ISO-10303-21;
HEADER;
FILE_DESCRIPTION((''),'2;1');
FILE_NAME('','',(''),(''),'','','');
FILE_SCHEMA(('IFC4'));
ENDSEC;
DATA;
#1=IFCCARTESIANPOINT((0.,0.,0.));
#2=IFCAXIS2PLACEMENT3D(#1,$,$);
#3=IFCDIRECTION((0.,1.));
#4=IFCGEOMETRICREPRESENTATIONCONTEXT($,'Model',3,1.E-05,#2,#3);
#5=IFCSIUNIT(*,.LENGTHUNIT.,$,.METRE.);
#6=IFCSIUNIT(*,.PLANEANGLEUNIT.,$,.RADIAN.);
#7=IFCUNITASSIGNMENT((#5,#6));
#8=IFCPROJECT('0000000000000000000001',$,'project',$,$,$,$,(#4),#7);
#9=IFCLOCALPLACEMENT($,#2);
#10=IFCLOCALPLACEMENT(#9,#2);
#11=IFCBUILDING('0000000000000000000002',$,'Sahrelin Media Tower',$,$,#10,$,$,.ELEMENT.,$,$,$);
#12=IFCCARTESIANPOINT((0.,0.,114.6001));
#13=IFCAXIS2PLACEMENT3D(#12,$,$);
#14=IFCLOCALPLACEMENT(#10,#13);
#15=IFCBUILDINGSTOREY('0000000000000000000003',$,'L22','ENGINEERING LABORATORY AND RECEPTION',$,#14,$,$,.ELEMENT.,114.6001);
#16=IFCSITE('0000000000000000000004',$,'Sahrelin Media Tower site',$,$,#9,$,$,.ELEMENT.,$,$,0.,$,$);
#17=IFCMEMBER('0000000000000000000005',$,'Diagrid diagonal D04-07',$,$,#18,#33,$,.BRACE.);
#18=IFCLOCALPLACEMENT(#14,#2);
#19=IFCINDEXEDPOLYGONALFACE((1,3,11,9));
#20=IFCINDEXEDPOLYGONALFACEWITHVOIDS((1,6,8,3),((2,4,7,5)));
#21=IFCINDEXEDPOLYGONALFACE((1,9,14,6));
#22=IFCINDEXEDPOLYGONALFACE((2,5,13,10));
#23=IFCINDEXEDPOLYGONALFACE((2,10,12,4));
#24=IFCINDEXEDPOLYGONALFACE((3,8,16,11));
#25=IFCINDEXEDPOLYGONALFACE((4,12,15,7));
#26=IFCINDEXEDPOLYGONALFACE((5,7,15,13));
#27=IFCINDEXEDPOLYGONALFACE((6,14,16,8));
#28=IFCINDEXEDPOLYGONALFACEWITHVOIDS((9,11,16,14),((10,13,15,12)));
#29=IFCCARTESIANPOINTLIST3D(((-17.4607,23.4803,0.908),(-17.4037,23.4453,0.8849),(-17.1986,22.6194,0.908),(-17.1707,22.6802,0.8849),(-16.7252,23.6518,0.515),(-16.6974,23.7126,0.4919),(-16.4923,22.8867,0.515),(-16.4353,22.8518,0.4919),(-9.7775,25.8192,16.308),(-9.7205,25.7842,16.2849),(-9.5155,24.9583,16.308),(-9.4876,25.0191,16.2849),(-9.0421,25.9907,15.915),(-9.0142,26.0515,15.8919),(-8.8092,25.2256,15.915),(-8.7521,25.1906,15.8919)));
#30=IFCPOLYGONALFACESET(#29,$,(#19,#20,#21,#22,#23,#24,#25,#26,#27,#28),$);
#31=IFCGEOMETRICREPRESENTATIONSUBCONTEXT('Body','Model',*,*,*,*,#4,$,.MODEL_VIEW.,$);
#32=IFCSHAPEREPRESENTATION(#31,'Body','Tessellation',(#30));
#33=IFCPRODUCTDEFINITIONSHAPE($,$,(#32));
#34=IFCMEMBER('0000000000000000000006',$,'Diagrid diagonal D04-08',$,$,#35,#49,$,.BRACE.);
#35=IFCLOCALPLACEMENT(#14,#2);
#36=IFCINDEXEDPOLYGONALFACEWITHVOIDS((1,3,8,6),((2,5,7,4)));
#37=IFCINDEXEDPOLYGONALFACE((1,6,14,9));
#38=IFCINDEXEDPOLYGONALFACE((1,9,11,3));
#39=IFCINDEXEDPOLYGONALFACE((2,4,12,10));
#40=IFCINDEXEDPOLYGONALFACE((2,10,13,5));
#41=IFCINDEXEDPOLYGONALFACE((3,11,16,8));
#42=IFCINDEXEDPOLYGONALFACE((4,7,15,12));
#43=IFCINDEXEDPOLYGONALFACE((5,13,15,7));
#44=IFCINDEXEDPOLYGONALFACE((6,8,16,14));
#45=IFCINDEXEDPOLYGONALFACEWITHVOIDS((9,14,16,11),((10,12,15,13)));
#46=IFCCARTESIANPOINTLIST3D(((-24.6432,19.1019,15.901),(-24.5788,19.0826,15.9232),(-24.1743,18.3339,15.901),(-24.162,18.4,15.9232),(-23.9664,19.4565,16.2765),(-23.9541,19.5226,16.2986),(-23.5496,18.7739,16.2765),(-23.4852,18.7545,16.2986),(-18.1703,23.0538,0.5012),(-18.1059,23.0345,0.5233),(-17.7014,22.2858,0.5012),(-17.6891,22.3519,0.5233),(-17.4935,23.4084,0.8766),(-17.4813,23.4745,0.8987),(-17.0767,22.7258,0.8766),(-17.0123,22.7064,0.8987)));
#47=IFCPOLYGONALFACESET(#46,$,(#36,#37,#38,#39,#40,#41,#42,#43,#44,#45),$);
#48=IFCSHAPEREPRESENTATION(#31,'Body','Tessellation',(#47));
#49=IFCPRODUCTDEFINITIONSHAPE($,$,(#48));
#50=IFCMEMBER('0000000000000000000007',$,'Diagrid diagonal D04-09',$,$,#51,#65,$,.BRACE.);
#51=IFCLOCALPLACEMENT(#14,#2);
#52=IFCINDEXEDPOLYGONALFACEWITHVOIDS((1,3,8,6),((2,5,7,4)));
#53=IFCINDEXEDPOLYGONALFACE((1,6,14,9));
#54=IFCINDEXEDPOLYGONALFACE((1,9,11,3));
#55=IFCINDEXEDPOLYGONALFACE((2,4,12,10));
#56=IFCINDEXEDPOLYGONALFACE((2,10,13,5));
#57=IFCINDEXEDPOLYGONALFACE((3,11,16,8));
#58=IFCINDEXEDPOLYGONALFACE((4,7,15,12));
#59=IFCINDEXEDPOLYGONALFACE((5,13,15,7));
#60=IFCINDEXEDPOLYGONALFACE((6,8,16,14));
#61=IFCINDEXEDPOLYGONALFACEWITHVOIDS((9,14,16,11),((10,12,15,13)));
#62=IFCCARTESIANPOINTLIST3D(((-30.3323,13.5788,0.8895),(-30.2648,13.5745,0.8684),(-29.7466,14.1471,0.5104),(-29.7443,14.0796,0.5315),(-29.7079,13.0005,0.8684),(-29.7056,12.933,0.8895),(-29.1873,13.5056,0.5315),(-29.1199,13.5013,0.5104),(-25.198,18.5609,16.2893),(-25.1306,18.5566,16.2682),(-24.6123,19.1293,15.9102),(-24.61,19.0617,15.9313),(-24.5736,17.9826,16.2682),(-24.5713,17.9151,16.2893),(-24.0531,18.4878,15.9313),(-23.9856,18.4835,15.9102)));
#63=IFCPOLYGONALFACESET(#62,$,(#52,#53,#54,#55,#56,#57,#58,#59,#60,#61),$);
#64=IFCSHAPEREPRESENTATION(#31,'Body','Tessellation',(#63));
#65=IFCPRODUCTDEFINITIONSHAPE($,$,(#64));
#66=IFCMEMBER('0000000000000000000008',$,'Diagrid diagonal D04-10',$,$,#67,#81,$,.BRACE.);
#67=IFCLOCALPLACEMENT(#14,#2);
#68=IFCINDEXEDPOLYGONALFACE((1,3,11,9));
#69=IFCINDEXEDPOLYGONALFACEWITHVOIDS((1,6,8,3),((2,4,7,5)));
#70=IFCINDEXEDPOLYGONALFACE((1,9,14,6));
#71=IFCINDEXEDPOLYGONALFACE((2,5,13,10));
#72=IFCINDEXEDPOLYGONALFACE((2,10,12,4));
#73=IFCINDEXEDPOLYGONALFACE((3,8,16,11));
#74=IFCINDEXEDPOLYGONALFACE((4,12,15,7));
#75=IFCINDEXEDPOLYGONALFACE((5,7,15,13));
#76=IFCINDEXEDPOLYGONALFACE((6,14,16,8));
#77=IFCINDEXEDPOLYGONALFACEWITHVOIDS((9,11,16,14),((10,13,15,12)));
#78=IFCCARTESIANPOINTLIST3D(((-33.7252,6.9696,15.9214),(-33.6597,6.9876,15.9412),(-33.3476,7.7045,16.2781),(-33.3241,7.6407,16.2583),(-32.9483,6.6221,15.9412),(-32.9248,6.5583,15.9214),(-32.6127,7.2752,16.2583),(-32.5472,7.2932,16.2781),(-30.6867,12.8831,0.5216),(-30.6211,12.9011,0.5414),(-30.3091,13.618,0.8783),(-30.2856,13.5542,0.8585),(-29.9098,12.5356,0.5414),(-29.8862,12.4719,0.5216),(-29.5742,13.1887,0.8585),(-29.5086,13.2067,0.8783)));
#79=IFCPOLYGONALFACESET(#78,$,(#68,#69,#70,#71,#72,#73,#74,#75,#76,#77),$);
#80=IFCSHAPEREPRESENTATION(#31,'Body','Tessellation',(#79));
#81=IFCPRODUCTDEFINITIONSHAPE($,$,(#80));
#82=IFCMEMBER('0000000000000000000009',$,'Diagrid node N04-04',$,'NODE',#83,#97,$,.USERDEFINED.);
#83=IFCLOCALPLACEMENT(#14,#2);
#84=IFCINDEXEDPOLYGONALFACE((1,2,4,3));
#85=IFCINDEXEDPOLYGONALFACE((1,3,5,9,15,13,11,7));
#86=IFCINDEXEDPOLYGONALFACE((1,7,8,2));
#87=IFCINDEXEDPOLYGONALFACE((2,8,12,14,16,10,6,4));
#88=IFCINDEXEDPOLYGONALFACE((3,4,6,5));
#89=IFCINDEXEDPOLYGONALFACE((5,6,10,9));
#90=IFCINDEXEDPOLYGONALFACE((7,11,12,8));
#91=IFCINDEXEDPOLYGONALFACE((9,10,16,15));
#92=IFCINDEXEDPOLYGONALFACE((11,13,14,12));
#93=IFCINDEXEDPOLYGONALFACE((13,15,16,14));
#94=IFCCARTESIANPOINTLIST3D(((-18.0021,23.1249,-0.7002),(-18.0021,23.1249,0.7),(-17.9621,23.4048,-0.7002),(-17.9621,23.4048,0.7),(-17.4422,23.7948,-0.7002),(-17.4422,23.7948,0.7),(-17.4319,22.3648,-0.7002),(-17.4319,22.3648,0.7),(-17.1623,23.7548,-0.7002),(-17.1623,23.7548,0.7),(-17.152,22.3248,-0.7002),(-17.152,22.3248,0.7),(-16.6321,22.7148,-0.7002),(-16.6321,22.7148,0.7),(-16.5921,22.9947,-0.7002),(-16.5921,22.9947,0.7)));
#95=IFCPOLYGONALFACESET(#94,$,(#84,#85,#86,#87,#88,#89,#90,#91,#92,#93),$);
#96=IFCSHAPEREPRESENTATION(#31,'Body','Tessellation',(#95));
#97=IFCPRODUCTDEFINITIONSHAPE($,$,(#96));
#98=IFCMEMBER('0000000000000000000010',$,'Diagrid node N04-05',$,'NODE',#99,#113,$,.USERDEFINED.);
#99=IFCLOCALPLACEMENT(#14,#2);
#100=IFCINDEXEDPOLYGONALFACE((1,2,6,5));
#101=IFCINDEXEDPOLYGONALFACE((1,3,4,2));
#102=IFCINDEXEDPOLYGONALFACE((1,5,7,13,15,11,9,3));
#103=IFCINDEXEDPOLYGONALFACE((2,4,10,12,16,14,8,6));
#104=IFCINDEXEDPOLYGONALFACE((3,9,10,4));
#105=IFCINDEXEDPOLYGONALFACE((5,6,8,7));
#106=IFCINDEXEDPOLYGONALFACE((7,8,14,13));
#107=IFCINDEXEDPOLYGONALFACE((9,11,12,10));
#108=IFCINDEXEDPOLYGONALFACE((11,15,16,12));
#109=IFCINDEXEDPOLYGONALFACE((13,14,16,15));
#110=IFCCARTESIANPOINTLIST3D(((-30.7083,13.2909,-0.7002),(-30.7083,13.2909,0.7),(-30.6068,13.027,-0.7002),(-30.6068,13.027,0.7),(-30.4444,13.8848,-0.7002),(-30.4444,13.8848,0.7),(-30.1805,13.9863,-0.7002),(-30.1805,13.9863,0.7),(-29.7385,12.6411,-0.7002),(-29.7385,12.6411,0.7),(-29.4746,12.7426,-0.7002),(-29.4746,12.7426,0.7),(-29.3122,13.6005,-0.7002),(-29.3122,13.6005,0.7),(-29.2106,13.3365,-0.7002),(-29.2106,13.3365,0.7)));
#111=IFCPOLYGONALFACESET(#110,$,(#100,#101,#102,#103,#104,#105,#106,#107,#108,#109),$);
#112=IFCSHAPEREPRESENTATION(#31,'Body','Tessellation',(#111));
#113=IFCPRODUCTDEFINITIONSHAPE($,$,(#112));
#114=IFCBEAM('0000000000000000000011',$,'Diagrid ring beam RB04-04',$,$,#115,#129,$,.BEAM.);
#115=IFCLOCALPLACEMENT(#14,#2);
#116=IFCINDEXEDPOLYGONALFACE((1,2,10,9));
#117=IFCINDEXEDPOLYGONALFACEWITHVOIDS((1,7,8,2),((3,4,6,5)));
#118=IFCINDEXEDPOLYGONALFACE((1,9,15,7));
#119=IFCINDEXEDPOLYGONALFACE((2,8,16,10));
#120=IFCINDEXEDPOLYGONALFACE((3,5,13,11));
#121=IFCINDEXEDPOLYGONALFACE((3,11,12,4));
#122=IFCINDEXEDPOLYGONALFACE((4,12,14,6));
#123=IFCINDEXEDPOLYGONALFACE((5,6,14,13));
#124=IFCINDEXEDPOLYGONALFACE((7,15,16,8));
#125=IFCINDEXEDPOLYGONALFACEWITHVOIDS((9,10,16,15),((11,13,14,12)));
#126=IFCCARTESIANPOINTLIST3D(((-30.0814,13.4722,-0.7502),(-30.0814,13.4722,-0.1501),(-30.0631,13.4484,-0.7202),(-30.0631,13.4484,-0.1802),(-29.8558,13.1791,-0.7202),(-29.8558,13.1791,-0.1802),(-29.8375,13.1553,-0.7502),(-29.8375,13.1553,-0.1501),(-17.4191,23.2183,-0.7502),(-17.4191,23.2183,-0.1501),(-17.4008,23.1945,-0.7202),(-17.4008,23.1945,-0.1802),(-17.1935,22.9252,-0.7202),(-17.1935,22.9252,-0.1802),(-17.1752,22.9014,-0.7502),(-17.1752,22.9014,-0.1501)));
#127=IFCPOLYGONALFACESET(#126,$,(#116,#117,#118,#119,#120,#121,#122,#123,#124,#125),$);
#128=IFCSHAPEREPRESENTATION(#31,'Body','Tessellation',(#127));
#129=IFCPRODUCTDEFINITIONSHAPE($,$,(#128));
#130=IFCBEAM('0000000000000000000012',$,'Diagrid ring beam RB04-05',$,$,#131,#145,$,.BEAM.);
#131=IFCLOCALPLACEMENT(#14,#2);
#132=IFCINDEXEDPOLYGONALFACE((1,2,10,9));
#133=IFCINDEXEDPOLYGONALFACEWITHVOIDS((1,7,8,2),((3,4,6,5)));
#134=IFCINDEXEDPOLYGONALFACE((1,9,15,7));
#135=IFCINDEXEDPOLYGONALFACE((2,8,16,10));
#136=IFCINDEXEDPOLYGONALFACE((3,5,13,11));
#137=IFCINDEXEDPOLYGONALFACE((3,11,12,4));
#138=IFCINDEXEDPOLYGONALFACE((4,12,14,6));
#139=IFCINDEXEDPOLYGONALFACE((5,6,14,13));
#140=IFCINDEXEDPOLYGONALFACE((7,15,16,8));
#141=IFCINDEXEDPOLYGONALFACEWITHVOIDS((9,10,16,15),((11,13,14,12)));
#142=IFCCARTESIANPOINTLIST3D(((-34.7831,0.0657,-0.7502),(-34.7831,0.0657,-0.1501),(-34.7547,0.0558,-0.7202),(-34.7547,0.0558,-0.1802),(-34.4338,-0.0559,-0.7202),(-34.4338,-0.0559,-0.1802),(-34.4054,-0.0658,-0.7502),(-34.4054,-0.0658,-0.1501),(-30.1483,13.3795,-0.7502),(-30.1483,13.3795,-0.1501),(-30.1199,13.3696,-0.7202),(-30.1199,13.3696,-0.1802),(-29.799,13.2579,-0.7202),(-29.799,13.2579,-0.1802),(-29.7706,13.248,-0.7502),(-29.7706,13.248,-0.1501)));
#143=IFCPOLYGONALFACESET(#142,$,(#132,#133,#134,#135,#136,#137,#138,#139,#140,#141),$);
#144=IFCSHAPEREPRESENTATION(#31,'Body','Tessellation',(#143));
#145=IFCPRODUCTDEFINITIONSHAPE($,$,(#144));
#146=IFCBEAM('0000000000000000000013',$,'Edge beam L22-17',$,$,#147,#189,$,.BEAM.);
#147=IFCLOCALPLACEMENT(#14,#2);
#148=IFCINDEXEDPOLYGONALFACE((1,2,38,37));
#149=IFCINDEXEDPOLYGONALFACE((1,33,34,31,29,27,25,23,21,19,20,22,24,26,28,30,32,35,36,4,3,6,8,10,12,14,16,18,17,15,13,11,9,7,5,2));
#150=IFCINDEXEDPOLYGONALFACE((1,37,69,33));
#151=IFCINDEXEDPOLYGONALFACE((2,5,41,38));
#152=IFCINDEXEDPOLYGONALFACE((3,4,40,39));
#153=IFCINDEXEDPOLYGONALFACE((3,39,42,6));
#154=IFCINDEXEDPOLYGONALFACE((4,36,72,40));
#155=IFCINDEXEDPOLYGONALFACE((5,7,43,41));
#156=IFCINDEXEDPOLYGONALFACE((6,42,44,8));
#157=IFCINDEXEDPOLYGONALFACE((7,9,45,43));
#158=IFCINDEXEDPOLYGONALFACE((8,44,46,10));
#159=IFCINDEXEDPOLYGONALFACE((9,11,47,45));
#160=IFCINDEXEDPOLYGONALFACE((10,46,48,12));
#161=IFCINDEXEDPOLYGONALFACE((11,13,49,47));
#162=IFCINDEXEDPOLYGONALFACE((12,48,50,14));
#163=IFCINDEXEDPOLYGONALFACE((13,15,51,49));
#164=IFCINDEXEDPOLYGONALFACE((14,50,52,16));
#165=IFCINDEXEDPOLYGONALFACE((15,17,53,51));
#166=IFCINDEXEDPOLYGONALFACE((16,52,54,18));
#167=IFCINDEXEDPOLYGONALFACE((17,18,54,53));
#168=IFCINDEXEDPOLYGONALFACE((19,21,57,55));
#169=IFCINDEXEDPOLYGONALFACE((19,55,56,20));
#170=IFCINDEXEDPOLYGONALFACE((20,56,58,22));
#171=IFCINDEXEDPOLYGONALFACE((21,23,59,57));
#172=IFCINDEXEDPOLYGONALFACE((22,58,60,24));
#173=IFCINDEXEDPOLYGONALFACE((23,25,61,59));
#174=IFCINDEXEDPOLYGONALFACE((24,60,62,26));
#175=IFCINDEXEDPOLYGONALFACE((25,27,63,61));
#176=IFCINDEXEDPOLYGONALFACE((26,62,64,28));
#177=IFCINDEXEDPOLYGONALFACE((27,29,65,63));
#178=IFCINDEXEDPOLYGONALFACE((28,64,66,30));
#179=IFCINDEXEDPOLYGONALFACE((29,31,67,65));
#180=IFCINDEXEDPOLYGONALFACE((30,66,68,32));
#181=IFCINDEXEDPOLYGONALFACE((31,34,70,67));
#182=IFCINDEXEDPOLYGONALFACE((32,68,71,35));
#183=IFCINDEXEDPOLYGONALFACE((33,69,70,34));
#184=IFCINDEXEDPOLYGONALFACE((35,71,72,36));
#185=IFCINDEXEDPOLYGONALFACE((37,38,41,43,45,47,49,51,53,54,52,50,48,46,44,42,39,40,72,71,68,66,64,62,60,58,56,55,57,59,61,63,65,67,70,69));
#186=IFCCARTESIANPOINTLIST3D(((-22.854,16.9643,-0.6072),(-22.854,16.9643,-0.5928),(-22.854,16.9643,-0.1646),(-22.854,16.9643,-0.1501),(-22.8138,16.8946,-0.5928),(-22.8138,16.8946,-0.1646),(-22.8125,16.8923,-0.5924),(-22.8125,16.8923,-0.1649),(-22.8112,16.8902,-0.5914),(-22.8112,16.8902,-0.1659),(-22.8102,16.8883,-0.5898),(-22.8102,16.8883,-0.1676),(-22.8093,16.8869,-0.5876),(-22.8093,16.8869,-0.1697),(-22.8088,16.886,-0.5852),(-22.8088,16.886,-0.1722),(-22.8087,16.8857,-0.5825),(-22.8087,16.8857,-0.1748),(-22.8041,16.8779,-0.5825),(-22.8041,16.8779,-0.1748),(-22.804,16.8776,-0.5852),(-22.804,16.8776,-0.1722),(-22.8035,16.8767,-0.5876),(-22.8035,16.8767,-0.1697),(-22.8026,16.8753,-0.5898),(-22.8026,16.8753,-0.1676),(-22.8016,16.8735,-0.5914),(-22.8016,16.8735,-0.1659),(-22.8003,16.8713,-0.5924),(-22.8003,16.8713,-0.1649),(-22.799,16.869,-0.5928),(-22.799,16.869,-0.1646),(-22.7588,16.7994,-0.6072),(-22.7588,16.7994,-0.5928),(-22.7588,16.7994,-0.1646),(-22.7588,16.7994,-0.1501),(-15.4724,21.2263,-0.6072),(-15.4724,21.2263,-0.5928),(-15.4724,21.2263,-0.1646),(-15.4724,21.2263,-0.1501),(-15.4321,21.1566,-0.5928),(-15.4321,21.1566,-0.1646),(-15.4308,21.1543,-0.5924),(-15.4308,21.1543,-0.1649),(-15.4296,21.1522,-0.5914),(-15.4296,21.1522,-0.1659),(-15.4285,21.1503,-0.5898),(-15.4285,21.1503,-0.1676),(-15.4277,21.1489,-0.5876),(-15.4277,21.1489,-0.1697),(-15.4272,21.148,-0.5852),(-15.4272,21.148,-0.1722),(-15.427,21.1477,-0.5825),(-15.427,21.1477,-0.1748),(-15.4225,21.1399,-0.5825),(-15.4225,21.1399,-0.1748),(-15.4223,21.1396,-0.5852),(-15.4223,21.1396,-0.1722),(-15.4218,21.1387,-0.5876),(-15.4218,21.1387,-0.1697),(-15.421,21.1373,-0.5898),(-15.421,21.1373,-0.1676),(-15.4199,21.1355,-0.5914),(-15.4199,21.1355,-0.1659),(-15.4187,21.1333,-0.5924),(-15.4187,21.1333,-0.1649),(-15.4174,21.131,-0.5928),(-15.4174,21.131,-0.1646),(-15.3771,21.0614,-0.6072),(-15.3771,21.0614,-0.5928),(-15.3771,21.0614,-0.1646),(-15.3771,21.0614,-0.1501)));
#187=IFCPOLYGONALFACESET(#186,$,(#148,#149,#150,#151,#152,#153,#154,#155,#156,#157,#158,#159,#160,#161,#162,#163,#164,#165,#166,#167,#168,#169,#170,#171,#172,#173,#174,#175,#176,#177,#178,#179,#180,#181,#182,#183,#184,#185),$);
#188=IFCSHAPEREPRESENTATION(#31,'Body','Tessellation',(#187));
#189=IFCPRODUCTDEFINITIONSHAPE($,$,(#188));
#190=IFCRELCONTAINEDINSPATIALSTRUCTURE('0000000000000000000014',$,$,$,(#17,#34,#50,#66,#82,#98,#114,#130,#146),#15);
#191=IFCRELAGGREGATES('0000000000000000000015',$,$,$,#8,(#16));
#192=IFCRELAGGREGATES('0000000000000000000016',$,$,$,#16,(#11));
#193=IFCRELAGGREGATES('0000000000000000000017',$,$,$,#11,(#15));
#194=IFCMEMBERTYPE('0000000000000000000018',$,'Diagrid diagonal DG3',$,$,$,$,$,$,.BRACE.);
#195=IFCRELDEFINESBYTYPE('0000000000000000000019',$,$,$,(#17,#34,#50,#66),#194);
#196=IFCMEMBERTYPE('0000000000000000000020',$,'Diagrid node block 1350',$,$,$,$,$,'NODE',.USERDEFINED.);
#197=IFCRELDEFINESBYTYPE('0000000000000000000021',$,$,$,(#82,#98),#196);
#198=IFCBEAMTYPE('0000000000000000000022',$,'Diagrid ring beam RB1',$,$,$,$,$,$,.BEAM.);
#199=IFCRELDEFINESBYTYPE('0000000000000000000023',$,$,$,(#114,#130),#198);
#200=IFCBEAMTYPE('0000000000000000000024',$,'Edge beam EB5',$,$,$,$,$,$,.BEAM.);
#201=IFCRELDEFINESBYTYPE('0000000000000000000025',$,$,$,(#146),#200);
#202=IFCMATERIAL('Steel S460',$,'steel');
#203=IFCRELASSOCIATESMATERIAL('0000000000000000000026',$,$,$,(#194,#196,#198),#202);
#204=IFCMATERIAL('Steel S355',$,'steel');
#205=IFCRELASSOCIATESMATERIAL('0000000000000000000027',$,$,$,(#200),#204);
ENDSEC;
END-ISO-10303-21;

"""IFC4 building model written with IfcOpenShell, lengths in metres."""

from ifc_helpers import new_model, si_unit, direction, frame, origin, origin_2d, place, context, subcontext, project, spatial, polyline, hollow_rectangle, i_section, outline, extrude, material, material_profile, profile_set, type_object, element, save


model = new_model("IFC4")

# Units and contexts
model_context = context("Model", 3, precision=1e-05, world=origin(), true_north=direction((0.0, 1.0)))
body_context = subcontext(model_context, "Body", "Model", "MODEL_VIEW")
ifc_project = project(units=[si_unit("LENGTHUNIT", "METRE"), si_unit("PLANEANGLEUNIT", "RADIAN")], contexts=[model_context])

# Site, building, storey
site_placement = place(None, origin())
site = spatial("IfcSite", under=ifc_project, at=site_placement, Name="Sahrelin Media Tower site", CompositionType="ELEMENT", RefElevation=0.0)
building_placement = place(site_placement, origin())
building = spatial("IfcBuilding", under=site, at=building_placement, Name="Sahrelin Media Tower", CompositionType="ELEMENT")
storey_placement = place(building_placement, frame((0.0, 0.0, 114.6001)))
storey = spatial("IfcBuildingStorey", under=building, at=storey_placement, Name="L22", Description="ENGINEERING LABORATORY AND RECEPTION", CompositionType="ELEMENT", Elevation=114.6001)

# Members
ifc_material_1 = material(Name="Steel S460", Category="steel")
ifc_material_profile_1 = material_profile(ifc_material_1, hollow_rectangle(XDim=0.8999, YDim=0.8999, WallThickness=0.05, at=origin_2d()), Name="Diagrid diagonal DG3")
ifc_profile_set_1 = profile_set([ifc_material_profile_1], Name="Steel S460")
member_type_1 = type_object("IfcMemberType", Name="Diagrid diagonal DG3", PredefinedType="BRACE", material=ifc_profile_set_1)
member_1_placement = place(storey_placement, frame((-16.948, 23.166, 0.7), z_axis=(0.442364, 0.134663, 0.886668), x_axis=(-0.291222, 0.956655, 0.0)))
element("IfcMember", 1, at=member_1_placement, inside=storey, type_object=member_type_1, Name="Diagrid diagonal D04-07", PredefinedType="BRACE", context=body_context, shape_type="SweptSolid", body=[
    extrude(hollow_rectangle(XDim=0.8999, YDim=0.8999, WallThickness=0.05, at=origin_2d()), origin(), (0.0, 0.0, 1.0), 17.3684),
])
member_2_placement = place(storey_placement, frame((-17.5913, 22.8801, 0.7), z_axis=(-0.377076, -0.230216, 0.897114), x_axis=(0.521089, -0.853502, 0.0)))
element("IfcMember", 2, at=member_2_placement, inside=storey, type_object=member_type_1, Name="Diagrid diagonal D04-08", PredefinedType="BRACE", context=body_context, shape_type="SweptSolid", body=[
    extrude(hollow_rectangle(XDim=0.8999, YDim=0.8999, WallThickness=0.05, at=origin_2d()), origin(), (0.0, 0.0, 1.0), 17.166),
])
member_3_placement = place(storey_placement, frame((-29.7261, 13.54, 0.7), z_axis=(0.302362, 0.293405, 0.906913), x_axis=(-0.696397, 0.717657, 0.0)))
element("IfcMember", 3, at=member_3_placement, inside=storey, type_object=member_type_1, Name="Diagrid diagonal D04-09", PredefinedType="BRACE", context=body_context, shape_type="SweptSolid", body=[
    extrude(hollow_rectangle(XDim=0.8999, YDim=0.8999, WallThickness=0.05, at=origin_2d()), origin(), (0.0, 0.0, 1.0), 16.9805),
])
member_4_placement = place(storey_placement, frame((-30.0977, 13.0449, 0.7), z_axis=(-0.18115, -0.352548, 0.918093), x_axis=(0.889452, -0.457028, 0.0)))
element("IfcMember", 4, at=member_4_placement, inside=storey, type_object=member_type_1, Name="Diagrid diagonal D04-10", PredefinedType="BRACE", context=body_context, shape_type="SweptSolid", body=[
    extrude(hollow_rectangle(XDim=0.8999, YDim=0.8999, WallThickness=0.05, at=origin_2d()), origin(), (0.0, 0.0, 1.0), 16.7737),
])
ifc_material_profile_2 = material_profile(ifc_material_1, outline(polyline([(0.4751, -0.5249), (0.675, -0.325), (0.675, 0.325), (0.4751, 0.5249), (-0.4751, 0.5249), (-0.675, 0.325), (-0.675, -0.325), (-0.4751, -0.5249), (0.4751, -0.5249)])), Name="Diagrid node block 1350")
ifc_profile_set_2 = profile_set([ifc_material_profile_2], Name="Steel S460")
member_type_2 = type_object("IfcMemberType", Name="Diagrid node block 1350", ElementType="NODE", PredefinedType="USERDEFINED", material=ifc_profile_set_2)
for number, where, z_axis, x_axis, name in (
    (5, (-17.2971, 23.0598, -0.7002), (0.0, 0.0, 1.0), (-0.60005, 0.799962, 0.0), "Diagrid node N04-04"),
    (6, (-29.9595, 13.3137, -0.7002), (0.0, 0.0, 1.0), (-0.913831, 0.406094, 0.0), "Diagrid node N04-05"),
):
    element("IfcMember", number, at=place(storey_placement, frame(where, z_axis=z_axis, x_axis=x_axis)), inside=storey, type_object=member_type_2, Name=name, ObjectType="NODE", PredefinedType="USERDEFINED", context=body_context, shape_type="SweptSolid", body=[
        extrude(outline(polyline([(0.4751, -0.5249), (0.675, -0.325), (0.675, 0.325), (0.4751, 0.5249), (-0.4751, 0.5249), (-0.675, 0.325), (-0.675, -0.325), (-0.4751, -0.5249), (0.4751, -0.5249)])), origin(), (0.0, 0.0, 1.0), 1.4001),
    ])

# Beams
ifc_material_profile_3 = material_profile(ifc_material_1, hollow_rectangle(XDim=0.3999, YDim=0.6001, WallThickness=0.03, at=origin_2d()), Name="Diagrid ring beam RB1")
ifc_profile_set_3 = profile_set([ifc_material_profile_3], Name="Steel S460")
beam_type_1 = type_object("IfcBeamType", Name="Diagrid ring beam RB1", PredefinedType="BEAM", material=ifc_profile_set_3)
beam_1_placement = place(storey_placement, frame((-17.2971, 23.0598, -0.4502), z_axis=(-0.792448, -0.60994, 0.0), x_axis=(0.60994, -0.792448, 0.0)))
element("IfcBeam", 7, at=beam_1_placement, inside=storey, type_object=beam_type_1, Name="Diagrid ring beam RB04-04", PredefinedType="BEAM", context=body_context, shape_type="SweptSolid", body=[
    extrude(hollow_rectangle(XDim=0.3999, YDim=0.6001, WallThickness=0.03, at=origin_2d()), origin(), (0.0, 0.0, 1.0), 15.9788),
])
beam_2_placement = place(storey_placement, frame((-29.9595, 13.3137, -0.4502), z_axis=(-0.328768, -0.944411, 0.0), x_axis=(0.944411, -0.328768, 0.0)))
element("IfcBeam", 8, at=beam_2_placement, inside=storey, type_object=beam_type_1, Name="Diagrid ring beam RB04-05", PredefinedType="BEAM", context=body_context, shape_type="SweptSolid", body=[
    extrude(hollow_rectangle(XDim=0.3999, YDim=0.6001, WallThickness=0.03, at=origin_2d()), origin(), (0.0, 0.0, 1.0), 14.0974),
])
ifc_material_2 = material(Name="Steel S355", Category="steel")
ifc_material_profile_4 = material_profile(ifc_material_2, i_section(OverallWidth=0.1904, OverallDepth=0.457, WebThickness=0.009, FlangeThickness=0.0144, FilletRadius=0.0103, at=origin_2d()), Name="UB 457x191x74")
ifc_profile_set_4 = profile_set([ifc_material_profile_4], Name="Steel S355")
beam_type_2 = type_object("IfcBeamType", Name="Edge beam EB5", PredefinedType="BEAM", material=ifc_profile_set_4)
beam_3_placement = place(storey_placement, frame((-22.8064, 16.8818, -0.3787), z_axis=(0.866015, 0.500017, 0.0), x_axis=(-0.500017, 0.866015, 0.0)))
element("IfcBeam", 9, at=beam_3_placement, inside=storey, type_object=beam_type_2, Name="Edge beam L22-17", PredefinedType="BEAM", context=body_context, shape_type="SweptSolid", body=[
    extrude(i_section(OverallWidth=0.1904, OverallDepth=0.457, WebThickness=0.009, FlangeThickness=0.0144, FilletRadius=0.0103, at=origin_2d()), origin(), (0.0, 0.0, 1.0), 8.5237),
])

save(model, "model.ifc")
